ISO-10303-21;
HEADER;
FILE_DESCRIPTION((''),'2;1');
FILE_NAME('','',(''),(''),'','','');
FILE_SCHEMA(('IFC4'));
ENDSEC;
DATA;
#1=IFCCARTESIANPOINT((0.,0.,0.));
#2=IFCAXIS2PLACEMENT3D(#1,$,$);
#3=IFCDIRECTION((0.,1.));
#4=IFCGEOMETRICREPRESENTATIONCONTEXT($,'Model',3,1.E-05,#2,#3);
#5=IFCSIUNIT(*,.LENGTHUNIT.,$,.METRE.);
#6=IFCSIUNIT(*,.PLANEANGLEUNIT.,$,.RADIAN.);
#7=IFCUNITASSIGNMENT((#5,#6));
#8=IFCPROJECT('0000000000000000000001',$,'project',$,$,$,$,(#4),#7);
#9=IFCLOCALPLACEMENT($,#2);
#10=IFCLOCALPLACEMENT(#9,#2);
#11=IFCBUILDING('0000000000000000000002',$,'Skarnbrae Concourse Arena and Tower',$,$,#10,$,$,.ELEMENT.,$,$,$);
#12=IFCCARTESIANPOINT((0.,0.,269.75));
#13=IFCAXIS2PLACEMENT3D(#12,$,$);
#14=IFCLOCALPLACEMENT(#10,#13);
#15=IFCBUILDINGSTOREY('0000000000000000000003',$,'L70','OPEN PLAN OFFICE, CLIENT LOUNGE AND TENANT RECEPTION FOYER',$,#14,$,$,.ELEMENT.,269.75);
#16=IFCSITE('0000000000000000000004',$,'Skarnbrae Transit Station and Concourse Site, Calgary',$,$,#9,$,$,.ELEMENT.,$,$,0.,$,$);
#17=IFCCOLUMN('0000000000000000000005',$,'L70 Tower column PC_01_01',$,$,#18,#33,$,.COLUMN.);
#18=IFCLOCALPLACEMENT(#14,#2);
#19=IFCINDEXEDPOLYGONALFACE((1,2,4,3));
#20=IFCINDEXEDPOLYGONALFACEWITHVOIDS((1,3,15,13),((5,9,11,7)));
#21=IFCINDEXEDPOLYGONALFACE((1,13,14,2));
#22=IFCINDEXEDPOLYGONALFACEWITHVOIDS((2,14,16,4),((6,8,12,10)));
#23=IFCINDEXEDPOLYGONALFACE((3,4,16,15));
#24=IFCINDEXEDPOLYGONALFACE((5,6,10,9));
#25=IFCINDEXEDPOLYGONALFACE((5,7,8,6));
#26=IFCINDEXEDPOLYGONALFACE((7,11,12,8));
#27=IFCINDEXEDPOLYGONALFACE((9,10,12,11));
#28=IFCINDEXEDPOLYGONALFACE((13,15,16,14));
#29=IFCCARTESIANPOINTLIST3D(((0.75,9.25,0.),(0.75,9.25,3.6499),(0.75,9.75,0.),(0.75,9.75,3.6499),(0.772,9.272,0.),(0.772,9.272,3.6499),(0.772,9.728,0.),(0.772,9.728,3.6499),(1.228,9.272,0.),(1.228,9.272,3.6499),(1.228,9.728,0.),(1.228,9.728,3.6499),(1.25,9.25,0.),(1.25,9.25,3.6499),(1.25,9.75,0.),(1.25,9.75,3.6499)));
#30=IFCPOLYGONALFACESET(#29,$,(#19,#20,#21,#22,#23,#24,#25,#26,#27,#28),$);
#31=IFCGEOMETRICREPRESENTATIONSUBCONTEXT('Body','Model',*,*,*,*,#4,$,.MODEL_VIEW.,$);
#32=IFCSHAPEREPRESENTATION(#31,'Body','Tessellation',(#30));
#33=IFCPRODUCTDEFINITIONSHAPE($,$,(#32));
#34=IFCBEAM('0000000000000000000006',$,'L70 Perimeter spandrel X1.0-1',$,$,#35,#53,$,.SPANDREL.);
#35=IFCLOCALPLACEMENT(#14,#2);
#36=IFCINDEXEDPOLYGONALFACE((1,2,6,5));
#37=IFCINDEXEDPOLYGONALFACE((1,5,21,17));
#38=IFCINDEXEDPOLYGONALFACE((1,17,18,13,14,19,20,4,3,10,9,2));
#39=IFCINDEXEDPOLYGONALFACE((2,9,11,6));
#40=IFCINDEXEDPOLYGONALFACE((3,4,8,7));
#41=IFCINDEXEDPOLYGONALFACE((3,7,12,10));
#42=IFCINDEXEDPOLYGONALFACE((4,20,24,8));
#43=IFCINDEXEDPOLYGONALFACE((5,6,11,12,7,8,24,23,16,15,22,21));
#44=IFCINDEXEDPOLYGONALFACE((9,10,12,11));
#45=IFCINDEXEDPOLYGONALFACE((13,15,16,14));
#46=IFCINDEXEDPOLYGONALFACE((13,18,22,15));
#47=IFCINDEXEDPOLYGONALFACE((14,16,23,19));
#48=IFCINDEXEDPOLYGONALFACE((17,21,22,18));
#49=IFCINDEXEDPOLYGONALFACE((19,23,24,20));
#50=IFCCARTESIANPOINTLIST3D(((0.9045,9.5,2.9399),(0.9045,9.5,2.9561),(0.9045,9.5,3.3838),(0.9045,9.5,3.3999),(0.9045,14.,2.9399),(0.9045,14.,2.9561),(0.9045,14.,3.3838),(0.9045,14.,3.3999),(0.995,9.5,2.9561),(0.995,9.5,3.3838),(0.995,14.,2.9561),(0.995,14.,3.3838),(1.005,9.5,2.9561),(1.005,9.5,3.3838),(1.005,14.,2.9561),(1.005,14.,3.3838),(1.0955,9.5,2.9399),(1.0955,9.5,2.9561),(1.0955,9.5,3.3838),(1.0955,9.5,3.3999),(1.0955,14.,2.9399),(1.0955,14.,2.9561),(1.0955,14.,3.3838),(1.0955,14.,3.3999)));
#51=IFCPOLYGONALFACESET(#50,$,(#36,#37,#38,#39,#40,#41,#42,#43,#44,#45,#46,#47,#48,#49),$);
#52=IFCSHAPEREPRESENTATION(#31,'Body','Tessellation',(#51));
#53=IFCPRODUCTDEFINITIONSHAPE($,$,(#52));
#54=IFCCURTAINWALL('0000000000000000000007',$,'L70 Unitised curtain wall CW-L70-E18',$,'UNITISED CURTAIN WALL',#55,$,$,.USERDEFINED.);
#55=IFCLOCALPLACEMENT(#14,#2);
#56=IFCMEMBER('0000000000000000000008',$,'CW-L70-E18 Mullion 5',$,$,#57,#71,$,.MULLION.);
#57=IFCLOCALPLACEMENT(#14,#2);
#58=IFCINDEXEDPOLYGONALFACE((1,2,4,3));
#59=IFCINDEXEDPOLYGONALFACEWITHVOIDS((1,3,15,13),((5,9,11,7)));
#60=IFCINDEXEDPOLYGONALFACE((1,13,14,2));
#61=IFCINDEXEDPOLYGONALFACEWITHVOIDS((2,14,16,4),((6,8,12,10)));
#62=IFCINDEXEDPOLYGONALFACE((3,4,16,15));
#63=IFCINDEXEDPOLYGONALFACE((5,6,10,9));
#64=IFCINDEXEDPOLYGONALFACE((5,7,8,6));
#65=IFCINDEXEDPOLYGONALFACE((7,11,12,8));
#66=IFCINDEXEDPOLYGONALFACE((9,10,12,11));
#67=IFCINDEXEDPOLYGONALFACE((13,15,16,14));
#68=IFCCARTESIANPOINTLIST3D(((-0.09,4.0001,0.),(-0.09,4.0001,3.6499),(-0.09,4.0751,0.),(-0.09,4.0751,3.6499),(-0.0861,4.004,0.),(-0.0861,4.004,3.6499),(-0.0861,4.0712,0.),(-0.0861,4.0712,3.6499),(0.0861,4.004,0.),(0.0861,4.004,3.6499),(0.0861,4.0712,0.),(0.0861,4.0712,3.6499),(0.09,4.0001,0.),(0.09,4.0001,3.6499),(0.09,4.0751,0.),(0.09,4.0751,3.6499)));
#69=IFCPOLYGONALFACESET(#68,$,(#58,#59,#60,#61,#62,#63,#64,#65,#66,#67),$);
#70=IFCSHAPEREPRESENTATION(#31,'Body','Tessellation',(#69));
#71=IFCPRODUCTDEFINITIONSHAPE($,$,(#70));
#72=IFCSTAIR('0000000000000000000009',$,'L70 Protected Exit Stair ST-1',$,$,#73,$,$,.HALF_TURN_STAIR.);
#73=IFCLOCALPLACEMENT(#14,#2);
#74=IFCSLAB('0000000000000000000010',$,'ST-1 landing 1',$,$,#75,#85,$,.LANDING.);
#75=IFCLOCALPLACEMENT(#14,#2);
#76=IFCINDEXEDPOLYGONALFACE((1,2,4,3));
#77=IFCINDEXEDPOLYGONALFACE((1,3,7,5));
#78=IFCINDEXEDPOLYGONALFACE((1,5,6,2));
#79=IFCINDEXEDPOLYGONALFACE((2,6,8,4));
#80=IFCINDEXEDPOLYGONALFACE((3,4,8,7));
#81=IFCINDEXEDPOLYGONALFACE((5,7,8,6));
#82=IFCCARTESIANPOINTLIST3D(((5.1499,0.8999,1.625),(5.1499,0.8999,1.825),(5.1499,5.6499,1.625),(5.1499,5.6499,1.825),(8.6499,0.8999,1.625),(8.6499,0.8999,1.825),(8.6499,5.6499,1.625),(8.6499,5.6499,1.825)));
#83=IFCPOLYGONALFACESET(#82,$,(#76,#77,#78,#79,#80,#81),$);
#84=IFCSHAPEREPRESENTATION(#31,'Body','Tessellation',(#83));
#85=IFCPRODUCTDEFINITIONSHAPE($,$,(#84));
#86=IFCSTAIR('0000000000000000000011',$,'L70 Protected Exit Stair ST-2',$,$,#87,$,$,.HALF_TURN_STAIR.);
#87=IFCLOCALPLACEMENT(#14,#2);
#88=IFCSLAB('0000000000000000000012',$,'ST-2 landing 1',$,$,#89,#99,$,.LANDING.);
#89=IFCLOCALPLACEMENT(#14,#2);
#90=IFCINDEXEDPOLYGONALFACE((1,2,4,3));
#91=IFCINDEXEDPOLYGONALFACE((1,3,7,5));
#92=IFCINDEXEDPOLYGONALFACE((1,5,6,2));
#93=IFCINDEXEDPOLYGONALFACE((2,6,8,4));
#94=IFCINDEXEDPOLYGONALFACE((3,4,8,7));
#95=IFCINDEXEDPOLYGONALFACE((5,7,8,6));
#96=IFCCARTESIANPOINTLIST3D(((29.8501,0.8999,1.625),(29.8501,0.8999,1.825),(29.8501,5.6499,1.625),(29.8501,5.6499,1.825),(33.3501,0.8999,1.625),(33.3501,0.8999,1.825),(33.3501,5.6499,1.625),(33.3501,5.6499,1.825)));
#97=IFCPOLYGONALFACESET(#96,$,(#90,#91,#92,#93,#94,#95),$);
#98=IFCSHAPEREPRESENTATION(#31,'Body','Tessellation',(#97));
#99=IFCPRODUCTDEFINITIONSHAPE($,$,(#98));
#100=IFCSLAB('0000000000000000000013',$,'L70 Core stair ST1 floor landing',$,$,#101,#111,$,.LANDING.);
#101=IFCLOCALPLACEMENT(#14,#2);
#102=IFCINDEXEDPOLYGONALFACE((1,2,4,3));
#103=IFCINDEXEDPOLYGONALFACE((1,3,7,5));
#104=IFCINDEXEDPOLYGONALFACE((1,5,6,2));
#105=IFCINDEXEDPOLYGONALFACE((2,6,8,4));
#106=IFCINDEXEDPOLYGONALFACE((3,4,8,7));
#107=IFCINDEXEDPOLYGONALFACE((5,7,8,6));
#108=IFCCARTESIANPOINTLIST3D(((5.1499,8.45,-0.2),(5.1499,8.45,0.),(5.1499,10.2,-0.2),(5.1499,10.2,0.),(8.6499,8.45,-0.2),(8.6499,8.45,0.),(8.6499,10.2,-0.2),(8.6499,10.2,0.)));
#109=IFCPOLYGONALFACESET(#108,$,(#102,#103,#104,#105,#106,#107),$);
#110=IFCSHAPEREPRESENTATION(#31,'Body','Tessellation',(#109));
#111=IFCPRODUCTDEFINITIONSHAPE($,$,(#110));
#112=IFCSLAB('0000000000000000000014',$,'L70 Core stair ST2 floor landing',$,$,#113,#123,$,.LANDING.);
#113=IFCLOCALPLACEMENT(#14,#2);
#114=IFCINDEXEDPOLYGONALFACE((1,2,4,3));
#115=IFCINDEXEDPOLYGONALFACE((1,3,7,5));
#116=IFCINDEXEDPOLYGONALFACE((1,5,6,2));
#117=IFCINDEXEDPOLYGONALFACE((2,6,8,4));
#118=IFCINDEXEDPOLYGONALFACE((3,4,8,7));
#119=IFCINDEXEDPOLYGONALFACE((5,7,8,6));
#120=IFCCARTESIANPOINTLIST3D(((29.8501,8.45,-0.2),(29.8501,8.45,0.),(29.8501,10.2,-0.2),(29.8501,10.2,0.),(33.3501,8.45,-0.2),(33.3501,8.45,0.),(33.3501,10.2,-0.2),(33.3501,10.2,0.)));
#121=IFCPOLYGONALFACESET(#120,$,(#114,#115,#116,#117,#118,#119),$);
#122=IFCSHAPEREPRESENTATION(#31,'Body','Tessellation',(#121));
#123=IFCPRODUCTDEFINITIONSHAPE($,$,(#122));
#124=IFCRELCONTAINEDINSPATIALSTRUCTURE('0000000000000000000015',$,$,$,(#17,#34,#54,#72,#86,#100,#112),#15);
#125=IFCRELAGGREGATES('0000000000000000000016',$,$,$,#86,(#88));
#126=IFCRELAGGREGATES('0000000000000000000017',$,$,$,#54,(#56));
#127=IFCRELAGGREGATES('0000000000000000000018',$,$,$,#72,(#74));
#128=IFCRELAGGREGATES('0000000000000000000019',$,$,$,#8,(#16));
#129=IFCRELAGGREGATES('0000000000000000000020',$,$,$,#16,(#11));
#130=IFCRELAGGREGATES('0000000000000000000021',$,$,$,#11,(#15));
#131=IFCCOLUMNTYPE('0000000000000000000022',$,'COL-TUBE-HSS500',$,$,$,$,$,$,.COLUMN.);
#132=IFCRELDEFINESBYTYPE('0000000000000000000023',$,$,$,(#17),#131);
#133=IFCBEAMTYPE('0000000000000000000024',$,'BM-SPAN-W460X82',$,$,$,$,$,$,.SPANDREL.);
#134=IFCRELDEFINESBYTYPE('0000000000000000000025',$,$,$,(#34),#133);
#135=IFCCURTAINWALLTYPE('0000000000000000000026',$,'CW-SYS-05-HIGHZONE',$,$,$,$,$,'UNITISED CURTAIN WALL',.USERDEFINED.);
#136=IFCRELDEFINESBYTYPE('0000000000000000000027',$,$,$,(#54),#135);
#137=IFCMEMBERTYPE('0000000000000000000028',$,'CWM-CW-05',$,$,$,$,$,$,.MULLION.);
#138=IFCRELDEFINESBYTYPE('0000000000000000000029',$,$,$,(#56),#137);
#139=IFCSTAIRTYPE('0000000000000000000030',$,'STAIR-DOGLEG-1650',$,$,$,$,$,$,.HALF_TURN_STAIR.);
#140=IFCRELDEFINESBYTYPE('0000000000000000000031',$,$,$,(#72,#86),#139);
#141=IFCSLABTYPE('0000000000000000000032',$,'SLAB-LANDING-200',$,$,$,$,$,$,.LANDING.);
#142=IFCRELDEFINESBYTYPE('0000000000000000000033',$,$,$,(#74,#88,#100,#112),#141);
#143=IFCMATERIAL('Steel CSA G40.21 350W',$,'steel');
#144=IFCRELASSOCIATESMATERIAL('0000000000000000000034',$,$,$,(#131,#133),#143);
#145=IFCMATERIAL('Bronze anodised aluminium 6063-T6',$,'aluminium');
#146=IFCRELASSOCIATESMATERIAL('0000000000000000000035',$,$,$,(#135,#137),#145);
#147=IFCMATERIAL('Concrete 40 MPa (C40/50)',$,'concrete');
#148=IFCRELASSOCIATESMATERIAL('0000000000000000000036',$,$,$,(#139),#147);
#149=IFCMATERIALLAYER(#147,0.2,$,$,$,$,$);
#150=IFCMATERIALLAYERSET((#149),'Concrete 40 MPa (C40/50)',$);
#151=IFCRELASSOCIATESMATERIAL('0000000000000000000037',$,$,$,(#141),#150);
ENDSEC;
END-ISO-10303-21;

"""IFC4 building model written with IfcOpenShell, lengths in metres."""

from ifc_helpers import new_model, si_unit, direction, frame, origin, origin_2d, place, context, subcontext, project, spatial, polyline, hollow_rectangle, i_section, outline, extrude, source, transform, mapped, material, layer, layer_set, material_profile, profile_set, type_object, element, aggregate, save


model = new_model("IFC4")

# Units and contexts
model_context = context("Model", 3, precision=1e-05, world=origin(), true_north=direction((0.0, 1.0)))
body_context = subcontext(model_context, "Body", "Model", "MODEL_VIEW")
ifc_project = project(units=[si_unit("LENGTHUNIT", "METRE"), si_unit("PLANEANGLEUNIT", "RADIAN")], contexts=[model_context])

# Site, building, storey
site_placement = place(None, origin())
site = spatial("IfcSite", under=ifc_project, at=site_placement, Name="Skarnbrae Transit Station and Concourse Site, Calgary", CompositionType="ELEMENT", RefElevation=0.0)
building_placement = place(site_placement, origin())
building = spatial("IfcBuilding", under=site, at=building_placement, Name="Skarnbrae Concourse Arena and Tower", CompositionType="ELEMENT")
storey_placement = place(building_placement, frame((0.0, 0.0, 269.75)))
storey = spatial("IfcBuildingStorey", under=building, at=storey_placement, Name="L70", Description="OPEN PLAN OFFICE, CLIENT LOUNGE AND TENANT RECEPTION FOYER", CompositionType="ELEMENT", Elevation=269.75)

# Column
ifc_material_1 = material(Name="Steel CSA G40.21 350W", Category="steel")
ifc_material_profile_1 = material_profile(ifc_material_1, hollow_rectangle(XDim=0.5, YDim=0.5, WallThickness=0.022, at=origin_2d()), Name="HSS500X500X22.0")
ifc_profile_set_1 = profile_set([ifc_material_profile_1], Name="Steel CSA G40.21 350W")
column_type = type_object("IfcColumnType", Name="COL-TUBE-HSS500", PredefinedType="COLUMN", material=ifc_profile_set_1)
shared_shape_1 = source(origin(), body_context, "Body", "SweptSolid", [
    extrude(hollow_rectangle(XDim=0.5, YDim=0.5, WallThickness=0.022, at=origin_2d()), origin(), (0.0, 0.0, 1.0), 3.6499),
])
column_placement = place(storey_placement, frame((1.0, 9.5, 0.0), z_axis=(0.0, 0.0, 1.0), x_axis=(1.0, 0.0, 0.0)))
element("IfcColumn", 1, at=column_placement, inside=storey, type_object=column_type, Name="L70 Tower column PC_01_01", PredefinedType="COLUMN", context=body_context, shape_type="MappedRepresentation", body=[
    mapped(shared_shape_1, transform((0.0, 0.0, 0.0))),
])

# Beam
ifc_material_profile_2 = material_profile(ifc_material_1, i_section(OverallWidth=0.1909, OverallDepth=0.46, WebThickness=0.01, FlangeThickness=0.0161, at=origin_2d()), Name="W460X82")
ifc_profile_set_2 = profile_set([ifc_material_profile_2], Name="Steel CSA G40.21 350W")
beam_type = type_object("IfcBeamType", Name="BM-SPAN-W460X82", PredefinedType="SPANDREL", material=ifc_profile_set_2)
shared_shape_2 = source(origin(), body_context, "Body", "SweptSolid", [
    extrude(i_section(OverallWidth=0.1909, OverallDepth=0.46, WebThickness=0.01, FlangeThickness=0.0161, at=origin_2d()), origin(), (0.0, 0.0, 1.0), 4.5),
])
beam_placement = place(storey_placement, frame((1.0, 9.5, 3.1699), z_axis=(0.0, 1.0, 0.0), x_axis=(-1.0, 0.0, 0.0)))
element("IfcBeam", 2, at=beam_placement, inside=storey, type_object=beam_type, Name="L70 Perimeter spandrel X1.0-1", PredefinedType="SPANDREL", context=body_context, shape_type="MappedRepresentation", body=[
    mapped(shared_shape_2, transform((0.0, 0.0, 0.0))),
])

# Curtain wall, member
ifc_material_2 = material(Name="Bronze anodised aluminium 6063-T6", Category="aluminium")
curtain_wall_type = type_object("IfcCurtainWallType", Name="CW-SYS-05-HIGHZONE", ElementType="UNITISED CURTAIN WALL", PredefinedType="USERDEFINED", material=ifc_material_2)
curtain_wall_placement = place(storey_placement, origin())
curtain_wall = element("IfcCurtainWall", 3, at=curtain_wall_placement, inside=storey, type_object=curtain_wall_type, Name="L70 Unitised curtain wall CW-L70-E18", ObjectType="UNITISED CURTAIN WALL", PredefinedType="USERDEFINED")
ifc_material_profile_3 = material_profile(ifc_material_2, hollow_rectangle(XDim=0.075, YDim=0.1799, WallThickness=0.0039, at=origin_2d()), Name="ALU-MULL-75X180")
ifc_profile_set_3 = profile_set([ifc_material_profile_3], Name="Bronze anodised aluminium 6063-T6")
member_type = type_object("IfcMemberType", Name="CWM-CW-05", PredefinedType="MULLION", material=ifc_profile_set_3)
shared_shape_3 = source(origin(), body_context, "Body", "SweptSolid", [
    extrude(hollow_rectangle(XDim=0.075, YDim=0.1799, WallThickness=0.0039, at=origin_2d()), origin(), (0.0, 0.0, 1.0), 3.6499),
])
member_placement = place(storey_placement, frame((0.0, 4.0376, 0.0), z_axis=(0.0, 0.0, 1.0), x_axis=(0.0, -1.0, 0.0)))
member = element("IfcMember", 4, at=member_placement, type_object=member_type, Name="CW-L70-E18 Mullion 5", PredefinedType="MULLION", context=body_context, shape_type="MappedRepresentation", body=[
    mapped(shared_shape_3, transform((0.0, 0.0, 0.0))),
])

# Stairs, slabs
ifc_material_3 = material(Name="Concrete 40 MPa (C40/50)", Category="concrete")
stair_type = type_object("IfcStairType", Name="STAIR-DOGLEG-1650", PredefinedType="HALF_TURN_STAIR", material=ifc_material_3)
stair_1_placement = place(storey_placement, origin())
stair_1 = element("IfcStair", 5, at=stair_1_placement, inside=storey, type_object=stair_type, Name="L70 Protected Exit Stair ST-1", PredefinedType="HALF_TURN_STAIR")
ifc_layer_1 = layer(ifc_material_3, 0.2)
ifc_layer_set_1 = layer_set([ifc_layer_1], Name="Concrete 40 MPa (C40/50)")
slab_type_1 = type_object("IfcSlabType", Name="SLAB-LANDING-200", PredefinedType="LANDING", material=ifc_layer_set_1)
slab_1_placement = place(storey_placement, frame((0.0, 0.0, 1.625)))
slab_1 = element("IfcSlab", 6, at=slab_1_placement, type_object=slab_type_1, Name="ST-1 landing 1", PredefinedType="LANDING", context=body_context, shape_type="SweptSolid", body=[
    extrude(outline(polyline([(5.1499, 5.6499), (5.1499, 0.8999), (8.6499, 0.8999), (8.6499, 5.6499), (5.1499, 5.6499)])), origin(), (0.0, 0.0, 1.0), 0.2),
])
stair_2_placement = place(storey_placement, origin())
stair_2 = element("IfcStair", 7, at=stair_2_placement, inside=storey, type_object=stair_type, Name="L70 Protected Exit Stair ST-2", PredefinedType="HALF_TURN_STAIR")
slab_2_placement = place(storey_placement, frame((0.0, 0.0, 1.625)))
slab_2 = element("IfcSlab", 8, at=slab_2_placement, type_object=slab_type_1, Name="ST-2 landing 1", PredefinedType="LANDING", context=body_context, shape_type="SweptSolid", body=[
    extrude(outline(polyline([(29.8501, 5.6499), (29.8501, 0.8999), (33.3501, 0.8999), (33.3501, 5.6499), (29.8501, 5.6499)])), origin(), (0.0, 0.0, 1.0), 0.2),
])
aggregate(stair_2, [slab_2])

# Slabs
slab_3_placement = place(storey_placement, frame((0.0, 0.0, -0.2)))
element("IfcSlab", 9, at=slab_3_placement, inside=storey, type_object=slab_type_1, Name="L70 Core stair ST1 floor landing", PredefinedType="LANDING", context=body_context, shape_type="SweptSolid", body=[
    extrude(outline(polyline([(5.1499, 10.2), (5.1499, 8.45), (8.6499, 8.45), (8.6499, 10.2), (5.1499, 10.2)])), origin(), (0.0, 0.0, 1.0), 0.2),
])
slab_4_placement = place(storey_placement, frame((0.0, 0.0, -0.2)))
element("IfcSlab", 10, at=slab_4_placement, inside=storey, type_object=slab_type_1, Name="L70 Core stair ST2 floor landing", PredefinedType="LANDING", context=body_context, shape_type="SweptSolid", body=[
    extrude(outline(polyline([(29.8501, 10.2), (29.8501, 8.45), (33.3501, 8.45), (33.3501, 10.2), (29.8501, 10.2)])), origin(), (0.0, 0.0, 1.0), 0.2),
])

aggregate(curtain_wall, [member])

aggregate(stair_1, [slab_1])

save(model, "model.ifc")
